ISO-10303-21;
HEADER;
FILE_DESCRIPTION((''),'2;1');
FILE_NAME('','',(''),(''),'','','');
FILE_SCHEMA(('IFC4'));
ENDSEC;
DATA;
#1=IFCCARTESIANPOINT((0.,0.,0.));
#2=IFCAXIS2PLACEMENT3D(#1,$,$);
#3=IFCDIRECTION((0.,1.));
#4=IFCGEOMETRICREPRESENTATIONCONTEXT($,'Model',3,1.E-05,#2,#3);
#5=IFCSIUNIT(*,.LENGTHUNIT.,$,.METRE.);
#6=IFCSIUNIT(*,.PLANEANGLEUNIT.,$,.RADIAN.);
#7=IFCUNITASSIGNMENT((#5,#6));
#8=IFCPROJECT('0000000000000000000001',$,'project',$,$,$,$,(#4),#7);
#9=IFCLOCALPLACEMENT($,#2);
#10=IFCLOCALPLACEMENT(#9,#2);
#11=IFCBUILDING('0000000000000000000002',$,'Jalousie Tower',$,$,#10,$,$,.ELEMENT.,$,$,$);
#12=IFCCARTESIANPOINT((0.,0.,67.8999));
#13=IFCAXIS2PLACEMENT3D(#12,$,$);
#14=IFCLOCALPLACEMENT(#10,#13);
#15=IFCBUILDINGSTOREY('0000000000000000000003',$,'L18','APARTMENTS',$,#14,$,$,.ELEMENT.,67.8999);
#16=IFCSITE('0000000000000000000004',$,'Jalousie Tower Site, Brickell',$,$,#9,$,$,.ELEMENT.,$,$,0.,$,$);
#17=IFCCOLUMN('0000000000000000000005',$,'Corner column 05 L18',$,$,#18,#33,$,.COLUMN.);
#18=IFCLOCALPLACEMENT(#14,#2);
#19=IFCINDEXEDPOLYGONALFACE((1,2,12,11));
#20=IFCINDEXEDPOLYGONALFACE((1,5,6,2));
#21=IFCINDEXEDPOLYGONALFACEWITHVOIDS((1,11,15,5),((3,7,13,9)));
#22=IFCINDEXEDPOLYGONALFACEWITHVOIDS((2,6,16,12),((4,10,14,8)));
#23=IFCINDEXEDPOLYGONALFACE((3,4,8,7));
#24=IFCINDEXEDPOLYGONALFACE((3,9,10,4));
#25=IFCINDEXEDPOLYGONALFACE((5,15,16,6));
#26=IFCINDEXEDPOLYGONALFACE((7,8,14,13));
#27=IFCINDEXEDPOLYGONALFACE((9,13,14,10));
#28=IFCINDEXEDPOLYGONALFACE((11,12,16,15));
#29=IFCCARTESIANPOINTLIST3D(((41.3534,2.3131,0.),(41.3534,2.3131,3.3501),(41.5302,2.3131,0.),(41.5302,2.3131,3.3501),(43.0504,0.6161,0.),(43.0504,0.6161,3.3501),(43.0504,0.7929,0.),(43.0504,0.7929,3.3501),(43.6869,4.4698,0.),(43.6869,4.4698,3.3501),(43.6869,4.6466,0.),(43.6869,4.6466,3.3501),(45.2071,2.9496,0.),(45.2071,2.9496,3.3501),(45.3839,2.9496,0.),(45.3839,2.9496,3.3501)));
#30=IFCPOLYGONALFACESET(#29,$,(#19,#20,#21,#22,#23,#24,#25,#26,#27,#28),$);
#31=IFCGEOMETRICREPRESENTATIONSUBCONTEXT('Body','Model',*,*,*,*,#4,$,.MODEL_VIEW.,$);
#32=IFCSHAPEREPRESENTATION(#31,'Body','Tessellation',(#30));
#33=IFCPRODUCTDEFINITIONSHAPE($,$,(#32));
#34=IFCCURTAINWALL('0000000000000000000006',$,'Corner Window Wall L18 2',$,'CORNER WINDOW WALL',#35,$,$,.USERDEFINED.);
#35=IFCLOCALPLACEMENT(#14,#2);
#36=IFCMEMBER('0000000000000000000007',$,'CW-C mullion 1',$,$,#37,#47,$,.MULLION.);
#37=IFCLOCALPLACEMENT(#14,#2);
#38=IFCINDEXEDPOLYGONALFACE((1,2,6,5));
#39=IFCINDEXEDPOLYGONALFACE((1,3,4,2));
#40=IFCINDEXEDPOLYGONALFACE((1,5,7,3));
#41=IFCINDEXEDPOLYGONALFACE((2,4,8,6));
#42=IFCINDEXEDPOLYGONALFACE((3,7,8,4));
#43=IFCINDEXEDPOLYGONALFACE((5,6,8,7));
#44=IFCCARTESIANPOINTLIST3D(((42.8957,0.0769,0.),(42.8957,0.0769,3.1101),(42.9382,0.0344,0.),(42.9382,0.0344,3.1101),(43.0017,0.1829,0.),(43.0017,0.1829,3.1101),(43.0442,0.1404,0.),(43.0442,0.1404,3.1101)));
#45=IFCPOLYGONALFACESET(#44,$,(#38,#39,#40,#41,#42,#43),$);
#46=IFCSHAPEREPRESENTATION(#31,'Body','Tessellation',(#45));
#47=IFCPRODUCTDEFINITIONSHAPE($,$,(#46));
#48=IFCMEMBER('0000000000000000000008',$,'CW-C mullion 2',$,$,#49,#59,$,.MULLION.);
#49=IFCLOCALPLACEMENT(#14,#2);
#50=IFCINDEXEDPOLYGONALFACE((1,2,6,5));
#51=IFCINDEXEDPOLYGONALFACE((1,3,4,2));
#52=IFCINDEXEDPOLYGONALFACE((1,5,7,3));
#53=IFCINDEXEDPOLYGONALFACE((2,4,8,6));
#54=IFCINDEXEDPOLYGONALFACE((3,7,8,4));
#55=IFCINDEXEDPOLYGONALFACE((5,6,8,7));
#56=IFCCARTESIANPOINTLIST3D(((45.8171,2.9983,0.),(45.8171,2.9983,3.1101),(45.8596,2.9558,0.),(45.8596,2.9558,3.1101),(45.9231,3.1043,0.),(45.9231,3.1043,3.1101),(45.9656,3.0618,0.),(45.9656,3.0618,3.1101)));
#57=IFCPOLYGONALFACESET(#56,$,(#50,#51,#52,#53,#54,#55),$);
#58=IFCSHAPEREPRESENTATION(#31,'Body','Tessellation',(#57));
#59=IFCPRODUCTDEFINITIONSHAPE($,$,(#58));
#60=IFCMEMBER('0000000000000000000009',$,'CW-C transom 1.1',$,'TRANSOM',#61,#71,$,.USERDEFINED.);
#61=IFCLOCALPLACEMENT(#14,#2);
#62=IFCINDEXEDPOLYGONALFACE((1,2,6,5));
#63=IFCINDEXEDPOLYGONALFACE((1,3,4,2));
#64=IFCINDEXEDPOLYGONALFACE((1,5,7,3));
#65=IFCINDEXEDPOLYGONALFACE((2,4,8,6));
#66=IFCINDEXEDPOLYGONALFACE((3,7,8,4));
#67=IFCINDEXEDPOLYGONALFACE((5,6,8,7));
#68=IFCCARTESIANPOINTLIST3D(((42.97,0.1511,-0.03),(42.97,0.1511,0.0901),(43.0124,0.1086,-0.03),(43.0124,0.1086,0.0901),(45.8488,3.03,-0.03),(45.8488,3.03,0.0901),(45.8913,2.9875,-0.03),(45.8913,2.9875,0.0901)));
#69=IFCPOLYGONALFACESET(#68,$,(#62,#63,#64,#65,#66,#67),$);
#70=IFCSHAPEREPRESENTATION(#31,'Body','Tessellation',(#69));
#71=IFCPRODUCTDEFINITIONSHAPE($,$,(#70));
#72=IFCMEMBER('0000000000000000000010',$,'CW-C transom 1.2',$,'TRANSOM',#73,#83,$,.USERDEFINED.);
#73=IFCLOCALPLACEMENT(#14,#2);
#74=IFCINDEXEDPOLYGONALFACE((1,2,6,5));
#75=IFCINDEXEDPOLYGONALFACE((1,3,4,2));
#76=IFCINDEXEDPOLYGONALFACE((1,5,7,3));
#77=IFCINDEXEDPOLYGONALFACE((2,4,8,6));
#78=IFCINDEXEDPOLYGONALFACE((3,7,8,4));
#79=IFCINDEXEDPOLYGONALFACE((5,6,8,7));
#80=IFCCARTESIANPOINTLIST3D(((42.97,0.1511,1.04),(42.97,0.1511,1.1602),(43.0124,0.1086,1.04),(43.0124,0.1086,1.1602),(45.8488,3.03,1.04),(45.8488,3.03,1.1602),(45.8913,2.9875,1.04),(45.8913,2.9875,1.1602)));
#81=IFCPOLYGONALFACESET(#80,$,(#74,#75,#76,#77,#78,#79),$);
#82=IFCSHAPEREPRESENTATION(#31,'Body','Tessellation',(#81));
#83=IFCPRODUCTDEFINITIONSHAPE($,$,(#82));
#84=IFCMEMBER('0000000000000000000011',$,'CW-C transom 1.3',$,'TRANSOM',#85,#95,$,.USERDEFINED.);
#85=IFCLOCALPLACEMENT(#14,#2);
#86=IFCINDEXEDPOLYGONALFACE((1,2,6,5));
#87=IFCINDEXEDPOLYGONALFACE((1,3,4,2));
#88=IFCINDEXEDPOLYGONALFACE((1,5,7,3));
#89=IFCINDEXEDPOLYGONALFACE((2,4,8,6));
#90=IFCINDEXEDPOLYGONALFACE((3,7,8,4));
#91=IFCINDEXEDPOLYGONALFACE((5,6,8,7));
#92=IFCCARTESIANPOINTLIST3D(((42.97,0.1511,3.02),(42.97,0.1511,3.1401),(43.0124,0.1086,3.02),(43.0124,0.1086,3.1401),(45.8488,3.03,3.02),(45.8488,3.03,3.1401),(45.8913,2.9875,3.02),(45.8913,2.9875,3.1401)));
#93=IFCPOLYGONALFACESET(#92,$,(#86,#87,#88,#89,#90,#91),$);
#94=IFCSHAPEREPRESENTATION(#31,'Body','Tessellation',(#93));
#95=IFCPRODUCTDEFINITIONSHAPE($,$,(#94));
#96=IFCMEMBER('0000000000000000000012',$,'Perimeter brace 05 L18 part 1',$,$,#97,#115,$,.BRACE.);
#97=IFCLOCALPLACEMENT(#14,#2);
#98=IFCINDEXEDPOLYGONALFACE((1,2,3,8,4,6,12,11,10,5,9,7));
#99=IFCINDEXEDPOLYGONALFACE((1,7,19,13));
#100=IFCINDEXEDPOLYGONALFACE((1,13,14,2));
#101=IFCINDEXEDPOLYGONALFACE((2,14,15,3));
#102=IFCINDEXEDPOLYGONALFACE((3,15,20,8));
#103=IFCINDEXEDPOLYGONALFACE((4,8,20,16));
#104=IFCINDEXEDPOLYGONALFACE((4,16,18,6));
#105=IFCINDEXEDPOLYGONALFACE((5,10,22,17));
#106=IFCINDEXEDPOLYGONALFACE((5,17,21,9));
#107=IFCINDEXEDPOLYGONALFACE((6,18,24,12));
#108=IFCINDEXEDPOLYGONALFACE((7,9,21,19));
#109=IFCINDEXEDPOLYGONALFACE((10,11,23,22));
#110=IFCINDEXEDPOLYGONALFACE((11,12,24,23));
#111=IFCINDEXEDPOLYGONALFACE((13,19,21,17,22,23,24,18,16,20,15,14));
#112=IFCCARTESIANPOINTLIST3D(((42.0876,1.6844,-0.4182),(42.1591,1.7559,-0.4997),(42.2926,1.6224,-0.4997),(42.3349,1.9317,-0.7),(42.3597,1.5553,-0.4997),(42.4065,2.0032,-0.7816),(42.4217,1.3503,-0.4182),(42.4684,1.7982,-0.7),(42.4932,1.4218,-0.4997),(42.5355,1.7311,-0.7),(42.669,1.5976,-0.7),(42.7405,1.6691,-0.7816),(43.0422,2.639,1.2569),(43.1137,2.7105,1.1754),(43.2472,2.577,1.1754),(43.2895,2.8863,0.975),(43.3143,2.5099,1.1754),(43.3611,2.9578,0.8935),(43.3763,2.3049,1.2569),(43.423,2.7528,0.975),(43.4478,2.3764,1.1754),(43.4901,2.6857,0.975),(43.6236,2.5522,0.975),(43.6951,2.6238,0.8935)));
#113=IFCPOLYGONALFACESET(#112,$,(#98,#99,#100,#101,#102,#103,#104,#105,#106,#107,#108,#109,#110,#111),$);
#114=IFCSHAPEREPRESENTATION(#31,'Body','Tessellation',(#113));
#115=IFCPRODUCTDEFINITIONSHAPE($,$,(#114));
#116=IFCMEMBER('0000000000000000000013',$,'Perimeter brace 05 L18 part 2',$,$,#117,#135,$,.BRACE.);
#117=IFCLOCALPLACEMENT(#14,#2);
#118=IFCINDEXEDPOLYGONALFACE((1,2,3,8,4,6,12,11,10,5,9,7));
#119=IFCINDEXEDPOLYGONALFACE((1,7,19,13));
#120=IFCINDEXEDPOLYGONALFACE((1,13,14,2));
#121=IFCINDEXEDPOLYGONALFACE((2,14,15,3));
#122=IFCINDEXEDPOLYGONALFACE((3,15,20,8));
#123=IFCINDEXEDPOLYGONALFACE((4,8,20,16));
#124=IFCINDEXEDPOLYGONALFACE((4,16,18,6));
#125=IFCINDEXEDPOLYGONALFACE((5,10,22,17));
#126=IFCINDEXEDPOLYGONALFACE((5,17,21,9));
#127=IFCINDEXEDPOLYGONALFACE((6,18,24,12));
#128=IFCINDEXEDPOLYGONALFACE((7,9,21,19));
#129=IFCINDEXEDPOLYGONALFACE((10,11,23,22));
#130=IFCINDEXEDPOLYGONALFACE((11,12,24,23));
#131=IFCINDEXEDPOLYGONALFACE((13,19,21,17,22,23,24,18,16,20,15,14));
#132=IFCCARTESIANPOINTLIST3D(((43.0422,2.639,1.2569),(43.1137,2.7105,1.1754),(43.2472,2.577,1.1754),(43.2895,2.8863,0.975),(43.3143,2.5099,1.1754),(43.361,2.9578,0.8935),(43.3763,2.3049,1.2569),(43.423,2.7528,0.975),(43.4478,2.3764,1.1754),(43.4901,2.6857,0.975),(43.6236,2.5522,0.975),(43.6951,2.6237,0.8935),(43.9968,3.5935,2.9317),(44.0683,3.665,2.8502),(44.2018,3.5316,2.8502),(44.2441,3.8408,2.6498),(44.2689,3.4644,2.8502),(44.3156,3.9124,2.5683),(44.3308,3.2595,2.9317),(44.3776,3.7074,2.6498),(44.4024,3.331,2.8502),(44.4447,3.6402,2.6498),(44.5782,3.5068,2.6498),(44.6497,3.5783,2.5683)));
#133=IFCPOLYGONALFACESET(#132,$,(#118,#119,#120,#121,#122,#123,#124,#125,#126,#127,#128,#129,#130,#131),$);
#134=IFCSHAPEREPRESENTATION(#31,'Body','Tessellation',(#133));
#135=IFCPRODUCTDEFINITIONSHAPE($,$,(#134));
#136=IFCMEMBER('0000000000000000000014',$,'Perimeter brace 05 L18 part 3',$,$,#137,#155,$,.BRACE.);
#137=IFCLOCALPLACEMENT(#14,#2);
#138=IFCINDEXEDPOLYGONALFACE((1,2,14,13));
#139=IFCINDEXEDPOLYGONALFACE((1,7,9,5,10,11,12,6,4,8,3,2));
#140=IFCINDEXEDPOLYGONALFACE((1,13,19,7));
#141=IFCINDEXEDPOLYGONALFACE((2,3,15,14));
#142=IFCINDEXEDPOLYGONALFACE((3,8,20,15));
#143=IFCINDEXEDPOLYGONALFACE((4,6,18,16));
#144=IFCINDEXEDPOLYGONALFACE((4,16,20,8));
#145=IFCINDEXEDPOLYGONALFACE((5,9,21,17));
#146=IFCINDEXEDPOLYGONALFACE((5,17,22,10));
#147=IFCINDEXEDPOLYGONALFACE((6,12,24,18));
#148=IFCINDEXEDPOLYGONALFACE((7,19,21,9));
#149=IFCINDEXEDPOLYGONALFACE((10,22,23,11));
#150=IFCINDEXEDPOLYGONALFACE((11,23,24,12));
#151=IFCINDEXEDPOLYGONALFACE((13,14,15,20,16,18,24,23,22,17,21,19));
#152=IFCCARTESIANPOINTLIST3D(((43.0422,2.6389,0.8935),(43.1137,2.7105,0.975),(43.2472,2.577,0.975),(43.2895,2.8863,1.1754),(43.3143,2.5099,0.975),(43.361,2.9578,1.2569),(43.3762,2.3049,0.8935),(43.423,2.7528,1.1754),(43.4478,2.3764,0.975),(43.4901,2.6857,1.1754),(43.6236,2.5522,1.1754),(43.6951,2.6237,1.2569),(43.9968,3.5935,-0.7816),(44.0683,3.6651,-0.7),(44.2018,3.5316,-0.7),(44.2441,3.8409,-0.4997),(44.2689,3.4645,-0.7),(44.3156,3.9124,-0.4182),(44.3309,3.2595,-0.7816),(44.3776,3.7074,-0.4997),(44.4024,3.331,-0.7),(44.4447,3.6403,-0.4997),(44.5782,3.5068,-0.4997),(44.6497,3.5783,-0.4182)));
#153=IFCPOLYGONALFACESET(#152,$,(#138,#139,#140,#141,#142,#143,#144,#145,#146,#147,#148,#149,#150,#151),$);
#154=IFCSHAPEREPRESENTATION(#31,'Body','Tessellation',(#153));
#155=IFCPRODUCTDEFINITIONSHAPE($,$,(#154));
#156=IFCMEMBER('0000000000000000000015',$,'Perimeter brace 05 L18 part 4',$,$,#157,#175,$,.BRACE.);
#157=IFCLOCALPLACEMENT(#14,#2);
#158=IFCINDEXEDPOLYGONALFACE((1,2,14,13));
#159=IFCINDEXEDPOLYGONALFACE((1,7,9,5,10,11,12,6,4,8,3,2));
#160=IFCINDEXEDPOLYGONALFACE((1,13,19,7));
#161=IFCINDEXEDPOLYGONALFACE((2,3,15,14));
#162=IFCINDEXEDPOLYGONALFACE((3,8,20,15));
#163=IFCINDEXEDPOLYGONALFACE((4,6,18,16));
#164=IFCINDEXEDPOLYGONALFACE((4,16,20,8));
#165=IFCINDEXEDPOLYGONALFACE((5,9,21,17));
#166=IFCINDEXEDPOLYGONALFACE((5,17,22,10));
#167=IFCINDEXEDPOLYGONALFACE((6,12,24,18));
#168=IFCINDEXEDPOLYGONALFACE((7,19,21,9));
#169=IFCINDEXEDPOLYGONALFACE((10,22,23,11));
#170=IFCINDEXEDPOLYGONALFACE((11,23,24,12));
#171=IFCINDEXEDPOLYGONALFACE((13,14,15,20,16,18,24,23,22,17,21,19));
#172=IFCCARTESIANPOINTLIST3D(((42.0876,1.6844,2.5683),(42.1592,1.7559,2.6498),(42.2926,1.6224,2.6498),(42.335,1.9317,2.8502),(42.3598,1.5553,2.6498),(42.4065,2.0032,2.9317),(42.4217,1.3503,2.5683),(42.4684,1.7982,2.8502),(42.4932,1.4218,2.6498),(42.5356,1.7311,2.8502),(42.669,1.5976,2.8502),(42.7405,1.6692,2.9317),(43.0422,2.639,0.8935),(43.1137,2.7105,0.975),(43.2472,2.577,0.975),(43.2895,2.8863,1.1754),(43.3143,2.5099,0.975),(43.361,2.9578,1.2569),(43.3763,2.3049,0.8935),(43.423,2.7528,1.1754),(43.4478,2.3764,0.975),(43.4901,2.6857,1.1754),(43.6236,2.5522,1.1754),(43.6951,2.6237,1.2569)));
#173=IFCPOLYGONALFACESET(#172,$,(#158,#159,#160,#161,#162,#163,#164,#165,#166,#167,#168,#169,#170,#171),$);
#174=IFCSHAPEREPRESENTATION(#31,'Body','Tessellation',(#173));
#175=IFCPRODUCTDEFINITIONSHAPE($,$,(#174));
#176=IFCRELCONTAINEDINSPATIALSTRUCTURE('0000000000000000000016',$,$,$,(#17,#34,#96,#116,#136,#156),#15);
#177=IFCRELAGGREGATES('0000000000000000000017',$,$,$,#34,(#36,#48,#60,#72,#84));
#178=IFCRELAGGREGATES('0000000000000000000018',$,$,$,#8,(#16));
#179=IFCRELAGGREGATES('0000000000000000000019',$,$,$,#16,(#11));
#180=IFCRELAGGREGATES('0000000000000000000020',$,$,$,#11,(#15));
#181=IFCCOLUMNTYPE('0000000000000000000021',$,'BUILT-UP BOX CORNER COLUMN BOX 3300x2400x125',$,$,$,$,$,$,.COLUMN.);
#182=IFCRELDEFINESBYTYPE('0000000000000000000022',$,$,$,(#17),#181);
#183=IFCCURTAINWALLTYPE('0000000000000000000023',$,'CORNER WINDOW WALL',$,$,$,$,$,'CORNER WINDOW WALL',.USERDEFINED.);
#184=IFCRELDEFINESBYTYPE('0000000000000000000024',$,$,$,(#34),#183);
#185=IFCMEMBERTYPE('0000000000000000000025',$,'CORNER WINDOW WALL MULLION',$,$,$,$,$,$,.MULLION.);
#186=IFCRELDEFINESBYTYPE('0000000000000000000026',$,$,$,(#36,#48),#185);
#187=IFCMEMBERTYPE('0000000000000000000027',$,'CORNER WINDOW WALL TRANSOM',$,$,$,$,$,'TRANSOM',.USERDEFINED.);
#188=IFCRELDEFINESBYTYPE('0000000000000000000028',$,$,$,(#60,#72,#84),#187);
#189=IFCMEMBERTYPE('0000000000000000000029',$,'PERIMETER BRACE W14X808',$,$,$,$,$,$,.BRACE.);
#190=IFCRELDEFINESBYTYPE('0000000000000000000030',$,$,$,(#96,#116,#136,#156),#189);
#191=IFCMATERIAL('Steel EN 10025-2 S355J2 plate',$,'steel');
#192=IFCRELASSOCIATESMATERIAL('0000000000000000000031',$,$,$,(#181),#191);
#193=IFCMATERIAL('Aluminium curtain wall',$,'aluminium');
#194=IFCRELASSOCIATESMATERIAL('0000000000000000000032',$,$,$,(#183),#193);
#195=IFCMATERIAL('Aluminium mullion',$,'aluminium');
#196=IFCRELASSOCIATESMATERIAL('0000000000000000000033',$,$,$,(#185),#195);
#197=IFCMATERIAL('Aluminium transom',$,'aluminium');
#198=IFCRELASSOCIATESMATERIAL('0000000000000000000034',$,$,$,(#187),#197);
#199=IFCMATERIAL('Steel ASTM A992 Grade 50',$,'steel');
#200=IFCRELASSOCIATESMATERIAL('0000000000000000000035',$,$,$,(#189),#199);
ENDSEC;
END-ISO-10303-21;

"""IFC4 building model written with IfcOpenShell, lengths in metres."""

from ifc_helpers import new_model, si_unit, direction, frame, origin, origin_2d, place, context, subcontext, project, spatial, rectangle, hollow_rectangle, i_section, extrude, material, material_profile, profile_set, type_object, element, aggregate, save


model = new_model("IFC4")

# Units and contexts
model_context = context("Model", 3, precision=1e-05, world=origin(), true_north=direction((0.0, 1.0)))
body_context = subcontext(model_context, "Body", "Model", "MODEL_VIEW")
ifc_project = project(units=[si_unit("LENGTHUNIT", "METRE"), si_unit("PLANEANGLEUNIT", "RADIAN")], contexts=[model_context])

# Site, building, storey
site_placement = place(None, origin())
site = spatial("IfcSite", under=ifc_project, at=site_placement, Name="Jalousie Tower Site, Brickell", CompositionType="ELEMENT", RefElevation=0.0)
building_placement = place(site_placement, origin())
building = spatial("IfcBuilding", under=site, at=building_placement, Name="Jalousie Tower", CompositionType="ELEMENT")
storey_placement = place(building_placement, frame((0.0, 0.0, 67.8999)))
storey = spatial("IfcBuildingStorey", under=building, at=storey_placement, Name="L18", Description="APARTMENTS", CompositionType="ELEMENT", Elevation=67.8999)

# Column
ifc_material_1 = material(Name="Steel EN 10025-2 S355J2 plate", Category="steel")
ifc_material_profile_1 = material_profile(ifc_material_1, hollow_rectangle(XDim=2.3999, YDim=3.3, WallThickness=0.125, at=origin_2d()), Name="BOX 3300x2400x125")
ifc_profile_set_1 = profile_set([ifc_material_profile_1], Name="Steel EN 10025-2 S355J2 plate")
column_type = type_object("IfcColumnType", Name="BUILT-UP BOX CORNER COLUMN BOX 3300x2400x125", PredefinedType="COLUMN", material=ifc_profile_set_1)
column_placement = place(storey_placement, frame((43.3687, 2.6313, 0.0), z_axis=(0.0, 0.0, 1.0), x_axis=(-0.707107, 0.707107, 0.0)))
element("IfcColumn", 1, at=column_placement, inside=storey, type_object=column_type, Name="Corner column 05 L18", PredefinedType="COLUMN", context=body_context, shape_type="SweptSolid", body=[
    extrude(hollow_rectangle(XDim=2.3999, YDim=3.3, WallThickness=0.125, at=origin_2d()), origin(), (0.0, 0.0, 1.0), 3.3501),
])

# Curtain wall, members
ifc_material_2 = material(Name="Aluminium curtain wall", Category="aluminium")
curtain_wall_type_1 = type_object("IfcCurtainWallType", Name="CORNER WINDOW WALL", ElementType="CORNER WINDOW WALL", PredefinedType="USERDEFINED", material=ifc_material_2)
curtain_wall_1_placement = place(storey_placement, origin())
curtain_wall_1 = element("IfcCurtainWall", 2, at=curtain_wall_1_placement, inside=storey, type_object=curtain_wall_type_1, Name="Corner Window Wall L18 2", ObjectType="CORNER WINDOW WALL", PredefinedType="USERDEFINED")
ifc_material_3 = material(Name="Aluminium mullion", Category="aluminium")
ifc_material_profile_2 = material_profile(ifc_material_3, rectangle(XDim=0.0601, YDim=0.1499, at=origin_2d()), Name="MULLION 60x150")
ifc_profile_set_2 = profile_set([ifc_material_profile_2], Name="Aluminium mullion")
member_type_1 = type_object("IfcMemberType", Name="CORNER WINDOW WALL MULLION", PredefinedType="MULLION", material=ifc_profile_set_2)
member_1_placement = place(storey_placement, frame((42.97, 0.1086, 0.0), z_axis=(0.0, 0.0, 1.0), x_axis=(-0.707107, 0.707107, 0.0)))
member_1 = element("IfcMember", 3, at=member_1_placement, type_object=member_type_1, Name="CW-C mullion 1", PredefinedType="MULLION", context=body_context, shape_type="SweptSolid", body=[
    extrude(rectangle(XDim=0.0601, YDim=0.1499, at=origin_2d()), origin(), (0.0, 0.0, 1.0), 3.1101),
])
member_2_placement = place(storey_placement, frame((45.8914, 3.03, 0.0), z_axis=(0.0, 0.0, 1.0), x_axis=(-0.707107, 0.707107, 0.0)))
member_2 = element("IfcMember", 4, at=member_2_placement, type_object=member_type_1, Name="CW-C mullion 2", PredefinedType="MULLION", context=body_context, shape_type="SweptSolid", body=[
    extrude(rectangle(XDim=0.0601, YDim=0.1499, at=origin_2d()), origin(), (0.0, 0.0, 1.0), 3.1101),
])
ifc_material_4 = material(Name="Aluminium transom", Category="aluminium")
ifc_material_profile_3 = material_profile(ifc_material_4, rectangle(XDim=0.0601, YDim=0.1201, at=origin_2d()), Name="TRANSOM 60x120")
ifc_profile_set_3 = profile_set([ifc_material_profile_3], Name="Aluminium transom")
member_type_2 = type_object("IfcMemberType", Name="CORNER WINDOW WALL TRANSOM", ElementType="TRANSOM", PredefinedType="USERDEFINED", material=ifc_profile_set_3)
member_3_placement = place(storey_placement, frame((42.9912, 0.1299, 0.03), z_axis=(0.707107, 0.707107, 0.0), x_axis=(-0.707107, 0.707107, 0.0)))
member_3 = element("IfcMember", 5, at=member_3_placement, type_object=member_type_2, Name="CW-C transom 1.1", ObjectType="TRANSOM", PredefinedType="USERDEFINED", context=body_context, shape_type="SweptSolid", body=[
    extrude(rectangle(XDim=0.0601, YDim=0.1201, at=origin_2d()), origin(), (0.0, 0.0, 1.0), 4.0713),
])
member_4_placement = place(storey_placement, frame((42.9912, 0.1299, 1.1001), z_axis=(0.707107, 0.707107, 0.0), x_axis=(-0.707107, 0.707107, 0.0)))
member_4 = element("IfcMember", 6, at=member_4_placement, type_object=member_type_2, Name="CW-C transom 1.2", ObjectType="TRANSOM", PredefinedType="USERDEFINED", context=body_context, shape_type="SweptSolid", body=[
    extrude(rectangle(XDim=0.0601, YDim=0.1201, at=origin_2d()), origin(), (0.0, 0.0, 1.0), 4.0713),
])
member_5_placement = place(storey_placement, frame((42.9912, 0.1299, 3.0801), z_axis=(0.707107, 0.707107, 0.0), x_axis=(-0.707107, 0.707107, 0.0)))
member_5 = element("IfcMember", 7, at=member_5_placement, type_object=member_type_2, Name="CW-C transom 1.3", ObjectType="TRANSOM", PredefinedType="USERDEFINED", context=body_context, shape_type="SweptSolid", body=[
    extrude(rectangle(XDim=0.0601, YDim=0.1201, at=origin_2d()), origin(), (0.0, 0.0, 1.0), 4.0713),
])

# Members
ifc_material_5 = material(Name="Steel ASTM A992 Grade 50", Category="steel")
ifc_material_profile_4 = material_profile(ifc_material_5, i_section(OverallWidth=0.4724, OverallDepth=0.5791, WebThickness=0.095, FlangeThickness=0.1299, at=origin_2d()), Name="W14X808")
ifc_profile_set_4 = profile_set([ifc_material_profile_4], Name="Steel ASTM A992 Grade 50")
member_type_3 = type_object("IfcMemberType", Name="PERIMETER BRACE W14X808", PredefinedType="BRACE", material=ifc_profile_set_4)
member_6_placement = place(storey_placement, frame((42.4141, 1.6768, -0.5999), z_axis=(0.443718, 0.443718, 0.778607), x_axis=(-0.707107, 0.707107, 0.0)))
element("IfcMember", 8, at=member_6_placement, inside=storey, type_object=member_type_3, Name="Perimeter brace 05 L18 part 1", PredefinedType="BRACE", context=body_context, shape_type="SweptSolid", body=[
    extrude(i_section(OverallWidth=0.4724, OverallDepth=0.5791, WebThickness=0.095, FlangeThickness=0.1299, at=origin_2d()), origin(), (0.0, 0.0, 1.0), 2.1514),
])
member_7_placement = place(storey_placement, frame((43.3687, 2.6313, 1.0752), z_axis=(0.443758, 0.443758, 0.778562), x_axis=(-0.707107, 0.707107, 0.0)))
element("IfcMember", 9, at=member_7_placement, inside=storey, type_object=member_type_3, Name="Perimeter brace 05 L18 part 2", PredefinedType="BRACE", context=body_context, shape_type="SweptSolid", body=[
    extrude(i_section(OverallWidth=0.4724, OverallDepth=0.5791, WebThickness=0.095, FlangeThickness=0.1299, at=origin_2d()), origin(), (0.0, 0.0, 1.0), 2.1511),
])
member_8_placement = place(storey_placement, frame((44.3232, 3.5859, -0.5999), z_axis=(-0.443718, -0.443718, 0.778607), x_axis=(0.707107, -0.707107, 0.0)))
element("IfcMember", 10, at=member_8_placement, inside=storey, type_object=member_type_3, Name="Perimeter brace 05 L18 part 3", PredefinedType="BRACE", context=body_context, shape_type="SweptSolid", body=[
    extrude(i_section(OverallWidth=0.4724, OverallDepth=0.5791, WebThickness=0.095, FlangeThickness=0.1299, at=origin_2d()), origin(), (0.0, 0.0, 1.0), 2.1514),
])
member_9_placement = place(storey_placement, frame((43.3687, 2.6313, 1.0752), z_axis=(-0.443758, -0.443758, 0.778562), x_axis=(0.707107, -0.707107, 0.0)))
element("IfcMember", 11, at=member_9_placement, inside=storey, type_object=member_type_3, Name="Perimeter brace 05 L18 part 4", PredefinedType="BRACE", context=body_context, shape_type="SweptSolid", body=[
    extrude(i_section(OverallWidth=0.4724, OverallDepth=0.5791, WebThickness=0.095, FlangeThickness=0.1299, at=origin_2d()), origin(), (0.0, 0.0, 1.0), 2.1511),
])

aggregate(curtain_wall_1, [member_1, member_2, member_3, member_4, member_5])

save(model, "model.ifc")
